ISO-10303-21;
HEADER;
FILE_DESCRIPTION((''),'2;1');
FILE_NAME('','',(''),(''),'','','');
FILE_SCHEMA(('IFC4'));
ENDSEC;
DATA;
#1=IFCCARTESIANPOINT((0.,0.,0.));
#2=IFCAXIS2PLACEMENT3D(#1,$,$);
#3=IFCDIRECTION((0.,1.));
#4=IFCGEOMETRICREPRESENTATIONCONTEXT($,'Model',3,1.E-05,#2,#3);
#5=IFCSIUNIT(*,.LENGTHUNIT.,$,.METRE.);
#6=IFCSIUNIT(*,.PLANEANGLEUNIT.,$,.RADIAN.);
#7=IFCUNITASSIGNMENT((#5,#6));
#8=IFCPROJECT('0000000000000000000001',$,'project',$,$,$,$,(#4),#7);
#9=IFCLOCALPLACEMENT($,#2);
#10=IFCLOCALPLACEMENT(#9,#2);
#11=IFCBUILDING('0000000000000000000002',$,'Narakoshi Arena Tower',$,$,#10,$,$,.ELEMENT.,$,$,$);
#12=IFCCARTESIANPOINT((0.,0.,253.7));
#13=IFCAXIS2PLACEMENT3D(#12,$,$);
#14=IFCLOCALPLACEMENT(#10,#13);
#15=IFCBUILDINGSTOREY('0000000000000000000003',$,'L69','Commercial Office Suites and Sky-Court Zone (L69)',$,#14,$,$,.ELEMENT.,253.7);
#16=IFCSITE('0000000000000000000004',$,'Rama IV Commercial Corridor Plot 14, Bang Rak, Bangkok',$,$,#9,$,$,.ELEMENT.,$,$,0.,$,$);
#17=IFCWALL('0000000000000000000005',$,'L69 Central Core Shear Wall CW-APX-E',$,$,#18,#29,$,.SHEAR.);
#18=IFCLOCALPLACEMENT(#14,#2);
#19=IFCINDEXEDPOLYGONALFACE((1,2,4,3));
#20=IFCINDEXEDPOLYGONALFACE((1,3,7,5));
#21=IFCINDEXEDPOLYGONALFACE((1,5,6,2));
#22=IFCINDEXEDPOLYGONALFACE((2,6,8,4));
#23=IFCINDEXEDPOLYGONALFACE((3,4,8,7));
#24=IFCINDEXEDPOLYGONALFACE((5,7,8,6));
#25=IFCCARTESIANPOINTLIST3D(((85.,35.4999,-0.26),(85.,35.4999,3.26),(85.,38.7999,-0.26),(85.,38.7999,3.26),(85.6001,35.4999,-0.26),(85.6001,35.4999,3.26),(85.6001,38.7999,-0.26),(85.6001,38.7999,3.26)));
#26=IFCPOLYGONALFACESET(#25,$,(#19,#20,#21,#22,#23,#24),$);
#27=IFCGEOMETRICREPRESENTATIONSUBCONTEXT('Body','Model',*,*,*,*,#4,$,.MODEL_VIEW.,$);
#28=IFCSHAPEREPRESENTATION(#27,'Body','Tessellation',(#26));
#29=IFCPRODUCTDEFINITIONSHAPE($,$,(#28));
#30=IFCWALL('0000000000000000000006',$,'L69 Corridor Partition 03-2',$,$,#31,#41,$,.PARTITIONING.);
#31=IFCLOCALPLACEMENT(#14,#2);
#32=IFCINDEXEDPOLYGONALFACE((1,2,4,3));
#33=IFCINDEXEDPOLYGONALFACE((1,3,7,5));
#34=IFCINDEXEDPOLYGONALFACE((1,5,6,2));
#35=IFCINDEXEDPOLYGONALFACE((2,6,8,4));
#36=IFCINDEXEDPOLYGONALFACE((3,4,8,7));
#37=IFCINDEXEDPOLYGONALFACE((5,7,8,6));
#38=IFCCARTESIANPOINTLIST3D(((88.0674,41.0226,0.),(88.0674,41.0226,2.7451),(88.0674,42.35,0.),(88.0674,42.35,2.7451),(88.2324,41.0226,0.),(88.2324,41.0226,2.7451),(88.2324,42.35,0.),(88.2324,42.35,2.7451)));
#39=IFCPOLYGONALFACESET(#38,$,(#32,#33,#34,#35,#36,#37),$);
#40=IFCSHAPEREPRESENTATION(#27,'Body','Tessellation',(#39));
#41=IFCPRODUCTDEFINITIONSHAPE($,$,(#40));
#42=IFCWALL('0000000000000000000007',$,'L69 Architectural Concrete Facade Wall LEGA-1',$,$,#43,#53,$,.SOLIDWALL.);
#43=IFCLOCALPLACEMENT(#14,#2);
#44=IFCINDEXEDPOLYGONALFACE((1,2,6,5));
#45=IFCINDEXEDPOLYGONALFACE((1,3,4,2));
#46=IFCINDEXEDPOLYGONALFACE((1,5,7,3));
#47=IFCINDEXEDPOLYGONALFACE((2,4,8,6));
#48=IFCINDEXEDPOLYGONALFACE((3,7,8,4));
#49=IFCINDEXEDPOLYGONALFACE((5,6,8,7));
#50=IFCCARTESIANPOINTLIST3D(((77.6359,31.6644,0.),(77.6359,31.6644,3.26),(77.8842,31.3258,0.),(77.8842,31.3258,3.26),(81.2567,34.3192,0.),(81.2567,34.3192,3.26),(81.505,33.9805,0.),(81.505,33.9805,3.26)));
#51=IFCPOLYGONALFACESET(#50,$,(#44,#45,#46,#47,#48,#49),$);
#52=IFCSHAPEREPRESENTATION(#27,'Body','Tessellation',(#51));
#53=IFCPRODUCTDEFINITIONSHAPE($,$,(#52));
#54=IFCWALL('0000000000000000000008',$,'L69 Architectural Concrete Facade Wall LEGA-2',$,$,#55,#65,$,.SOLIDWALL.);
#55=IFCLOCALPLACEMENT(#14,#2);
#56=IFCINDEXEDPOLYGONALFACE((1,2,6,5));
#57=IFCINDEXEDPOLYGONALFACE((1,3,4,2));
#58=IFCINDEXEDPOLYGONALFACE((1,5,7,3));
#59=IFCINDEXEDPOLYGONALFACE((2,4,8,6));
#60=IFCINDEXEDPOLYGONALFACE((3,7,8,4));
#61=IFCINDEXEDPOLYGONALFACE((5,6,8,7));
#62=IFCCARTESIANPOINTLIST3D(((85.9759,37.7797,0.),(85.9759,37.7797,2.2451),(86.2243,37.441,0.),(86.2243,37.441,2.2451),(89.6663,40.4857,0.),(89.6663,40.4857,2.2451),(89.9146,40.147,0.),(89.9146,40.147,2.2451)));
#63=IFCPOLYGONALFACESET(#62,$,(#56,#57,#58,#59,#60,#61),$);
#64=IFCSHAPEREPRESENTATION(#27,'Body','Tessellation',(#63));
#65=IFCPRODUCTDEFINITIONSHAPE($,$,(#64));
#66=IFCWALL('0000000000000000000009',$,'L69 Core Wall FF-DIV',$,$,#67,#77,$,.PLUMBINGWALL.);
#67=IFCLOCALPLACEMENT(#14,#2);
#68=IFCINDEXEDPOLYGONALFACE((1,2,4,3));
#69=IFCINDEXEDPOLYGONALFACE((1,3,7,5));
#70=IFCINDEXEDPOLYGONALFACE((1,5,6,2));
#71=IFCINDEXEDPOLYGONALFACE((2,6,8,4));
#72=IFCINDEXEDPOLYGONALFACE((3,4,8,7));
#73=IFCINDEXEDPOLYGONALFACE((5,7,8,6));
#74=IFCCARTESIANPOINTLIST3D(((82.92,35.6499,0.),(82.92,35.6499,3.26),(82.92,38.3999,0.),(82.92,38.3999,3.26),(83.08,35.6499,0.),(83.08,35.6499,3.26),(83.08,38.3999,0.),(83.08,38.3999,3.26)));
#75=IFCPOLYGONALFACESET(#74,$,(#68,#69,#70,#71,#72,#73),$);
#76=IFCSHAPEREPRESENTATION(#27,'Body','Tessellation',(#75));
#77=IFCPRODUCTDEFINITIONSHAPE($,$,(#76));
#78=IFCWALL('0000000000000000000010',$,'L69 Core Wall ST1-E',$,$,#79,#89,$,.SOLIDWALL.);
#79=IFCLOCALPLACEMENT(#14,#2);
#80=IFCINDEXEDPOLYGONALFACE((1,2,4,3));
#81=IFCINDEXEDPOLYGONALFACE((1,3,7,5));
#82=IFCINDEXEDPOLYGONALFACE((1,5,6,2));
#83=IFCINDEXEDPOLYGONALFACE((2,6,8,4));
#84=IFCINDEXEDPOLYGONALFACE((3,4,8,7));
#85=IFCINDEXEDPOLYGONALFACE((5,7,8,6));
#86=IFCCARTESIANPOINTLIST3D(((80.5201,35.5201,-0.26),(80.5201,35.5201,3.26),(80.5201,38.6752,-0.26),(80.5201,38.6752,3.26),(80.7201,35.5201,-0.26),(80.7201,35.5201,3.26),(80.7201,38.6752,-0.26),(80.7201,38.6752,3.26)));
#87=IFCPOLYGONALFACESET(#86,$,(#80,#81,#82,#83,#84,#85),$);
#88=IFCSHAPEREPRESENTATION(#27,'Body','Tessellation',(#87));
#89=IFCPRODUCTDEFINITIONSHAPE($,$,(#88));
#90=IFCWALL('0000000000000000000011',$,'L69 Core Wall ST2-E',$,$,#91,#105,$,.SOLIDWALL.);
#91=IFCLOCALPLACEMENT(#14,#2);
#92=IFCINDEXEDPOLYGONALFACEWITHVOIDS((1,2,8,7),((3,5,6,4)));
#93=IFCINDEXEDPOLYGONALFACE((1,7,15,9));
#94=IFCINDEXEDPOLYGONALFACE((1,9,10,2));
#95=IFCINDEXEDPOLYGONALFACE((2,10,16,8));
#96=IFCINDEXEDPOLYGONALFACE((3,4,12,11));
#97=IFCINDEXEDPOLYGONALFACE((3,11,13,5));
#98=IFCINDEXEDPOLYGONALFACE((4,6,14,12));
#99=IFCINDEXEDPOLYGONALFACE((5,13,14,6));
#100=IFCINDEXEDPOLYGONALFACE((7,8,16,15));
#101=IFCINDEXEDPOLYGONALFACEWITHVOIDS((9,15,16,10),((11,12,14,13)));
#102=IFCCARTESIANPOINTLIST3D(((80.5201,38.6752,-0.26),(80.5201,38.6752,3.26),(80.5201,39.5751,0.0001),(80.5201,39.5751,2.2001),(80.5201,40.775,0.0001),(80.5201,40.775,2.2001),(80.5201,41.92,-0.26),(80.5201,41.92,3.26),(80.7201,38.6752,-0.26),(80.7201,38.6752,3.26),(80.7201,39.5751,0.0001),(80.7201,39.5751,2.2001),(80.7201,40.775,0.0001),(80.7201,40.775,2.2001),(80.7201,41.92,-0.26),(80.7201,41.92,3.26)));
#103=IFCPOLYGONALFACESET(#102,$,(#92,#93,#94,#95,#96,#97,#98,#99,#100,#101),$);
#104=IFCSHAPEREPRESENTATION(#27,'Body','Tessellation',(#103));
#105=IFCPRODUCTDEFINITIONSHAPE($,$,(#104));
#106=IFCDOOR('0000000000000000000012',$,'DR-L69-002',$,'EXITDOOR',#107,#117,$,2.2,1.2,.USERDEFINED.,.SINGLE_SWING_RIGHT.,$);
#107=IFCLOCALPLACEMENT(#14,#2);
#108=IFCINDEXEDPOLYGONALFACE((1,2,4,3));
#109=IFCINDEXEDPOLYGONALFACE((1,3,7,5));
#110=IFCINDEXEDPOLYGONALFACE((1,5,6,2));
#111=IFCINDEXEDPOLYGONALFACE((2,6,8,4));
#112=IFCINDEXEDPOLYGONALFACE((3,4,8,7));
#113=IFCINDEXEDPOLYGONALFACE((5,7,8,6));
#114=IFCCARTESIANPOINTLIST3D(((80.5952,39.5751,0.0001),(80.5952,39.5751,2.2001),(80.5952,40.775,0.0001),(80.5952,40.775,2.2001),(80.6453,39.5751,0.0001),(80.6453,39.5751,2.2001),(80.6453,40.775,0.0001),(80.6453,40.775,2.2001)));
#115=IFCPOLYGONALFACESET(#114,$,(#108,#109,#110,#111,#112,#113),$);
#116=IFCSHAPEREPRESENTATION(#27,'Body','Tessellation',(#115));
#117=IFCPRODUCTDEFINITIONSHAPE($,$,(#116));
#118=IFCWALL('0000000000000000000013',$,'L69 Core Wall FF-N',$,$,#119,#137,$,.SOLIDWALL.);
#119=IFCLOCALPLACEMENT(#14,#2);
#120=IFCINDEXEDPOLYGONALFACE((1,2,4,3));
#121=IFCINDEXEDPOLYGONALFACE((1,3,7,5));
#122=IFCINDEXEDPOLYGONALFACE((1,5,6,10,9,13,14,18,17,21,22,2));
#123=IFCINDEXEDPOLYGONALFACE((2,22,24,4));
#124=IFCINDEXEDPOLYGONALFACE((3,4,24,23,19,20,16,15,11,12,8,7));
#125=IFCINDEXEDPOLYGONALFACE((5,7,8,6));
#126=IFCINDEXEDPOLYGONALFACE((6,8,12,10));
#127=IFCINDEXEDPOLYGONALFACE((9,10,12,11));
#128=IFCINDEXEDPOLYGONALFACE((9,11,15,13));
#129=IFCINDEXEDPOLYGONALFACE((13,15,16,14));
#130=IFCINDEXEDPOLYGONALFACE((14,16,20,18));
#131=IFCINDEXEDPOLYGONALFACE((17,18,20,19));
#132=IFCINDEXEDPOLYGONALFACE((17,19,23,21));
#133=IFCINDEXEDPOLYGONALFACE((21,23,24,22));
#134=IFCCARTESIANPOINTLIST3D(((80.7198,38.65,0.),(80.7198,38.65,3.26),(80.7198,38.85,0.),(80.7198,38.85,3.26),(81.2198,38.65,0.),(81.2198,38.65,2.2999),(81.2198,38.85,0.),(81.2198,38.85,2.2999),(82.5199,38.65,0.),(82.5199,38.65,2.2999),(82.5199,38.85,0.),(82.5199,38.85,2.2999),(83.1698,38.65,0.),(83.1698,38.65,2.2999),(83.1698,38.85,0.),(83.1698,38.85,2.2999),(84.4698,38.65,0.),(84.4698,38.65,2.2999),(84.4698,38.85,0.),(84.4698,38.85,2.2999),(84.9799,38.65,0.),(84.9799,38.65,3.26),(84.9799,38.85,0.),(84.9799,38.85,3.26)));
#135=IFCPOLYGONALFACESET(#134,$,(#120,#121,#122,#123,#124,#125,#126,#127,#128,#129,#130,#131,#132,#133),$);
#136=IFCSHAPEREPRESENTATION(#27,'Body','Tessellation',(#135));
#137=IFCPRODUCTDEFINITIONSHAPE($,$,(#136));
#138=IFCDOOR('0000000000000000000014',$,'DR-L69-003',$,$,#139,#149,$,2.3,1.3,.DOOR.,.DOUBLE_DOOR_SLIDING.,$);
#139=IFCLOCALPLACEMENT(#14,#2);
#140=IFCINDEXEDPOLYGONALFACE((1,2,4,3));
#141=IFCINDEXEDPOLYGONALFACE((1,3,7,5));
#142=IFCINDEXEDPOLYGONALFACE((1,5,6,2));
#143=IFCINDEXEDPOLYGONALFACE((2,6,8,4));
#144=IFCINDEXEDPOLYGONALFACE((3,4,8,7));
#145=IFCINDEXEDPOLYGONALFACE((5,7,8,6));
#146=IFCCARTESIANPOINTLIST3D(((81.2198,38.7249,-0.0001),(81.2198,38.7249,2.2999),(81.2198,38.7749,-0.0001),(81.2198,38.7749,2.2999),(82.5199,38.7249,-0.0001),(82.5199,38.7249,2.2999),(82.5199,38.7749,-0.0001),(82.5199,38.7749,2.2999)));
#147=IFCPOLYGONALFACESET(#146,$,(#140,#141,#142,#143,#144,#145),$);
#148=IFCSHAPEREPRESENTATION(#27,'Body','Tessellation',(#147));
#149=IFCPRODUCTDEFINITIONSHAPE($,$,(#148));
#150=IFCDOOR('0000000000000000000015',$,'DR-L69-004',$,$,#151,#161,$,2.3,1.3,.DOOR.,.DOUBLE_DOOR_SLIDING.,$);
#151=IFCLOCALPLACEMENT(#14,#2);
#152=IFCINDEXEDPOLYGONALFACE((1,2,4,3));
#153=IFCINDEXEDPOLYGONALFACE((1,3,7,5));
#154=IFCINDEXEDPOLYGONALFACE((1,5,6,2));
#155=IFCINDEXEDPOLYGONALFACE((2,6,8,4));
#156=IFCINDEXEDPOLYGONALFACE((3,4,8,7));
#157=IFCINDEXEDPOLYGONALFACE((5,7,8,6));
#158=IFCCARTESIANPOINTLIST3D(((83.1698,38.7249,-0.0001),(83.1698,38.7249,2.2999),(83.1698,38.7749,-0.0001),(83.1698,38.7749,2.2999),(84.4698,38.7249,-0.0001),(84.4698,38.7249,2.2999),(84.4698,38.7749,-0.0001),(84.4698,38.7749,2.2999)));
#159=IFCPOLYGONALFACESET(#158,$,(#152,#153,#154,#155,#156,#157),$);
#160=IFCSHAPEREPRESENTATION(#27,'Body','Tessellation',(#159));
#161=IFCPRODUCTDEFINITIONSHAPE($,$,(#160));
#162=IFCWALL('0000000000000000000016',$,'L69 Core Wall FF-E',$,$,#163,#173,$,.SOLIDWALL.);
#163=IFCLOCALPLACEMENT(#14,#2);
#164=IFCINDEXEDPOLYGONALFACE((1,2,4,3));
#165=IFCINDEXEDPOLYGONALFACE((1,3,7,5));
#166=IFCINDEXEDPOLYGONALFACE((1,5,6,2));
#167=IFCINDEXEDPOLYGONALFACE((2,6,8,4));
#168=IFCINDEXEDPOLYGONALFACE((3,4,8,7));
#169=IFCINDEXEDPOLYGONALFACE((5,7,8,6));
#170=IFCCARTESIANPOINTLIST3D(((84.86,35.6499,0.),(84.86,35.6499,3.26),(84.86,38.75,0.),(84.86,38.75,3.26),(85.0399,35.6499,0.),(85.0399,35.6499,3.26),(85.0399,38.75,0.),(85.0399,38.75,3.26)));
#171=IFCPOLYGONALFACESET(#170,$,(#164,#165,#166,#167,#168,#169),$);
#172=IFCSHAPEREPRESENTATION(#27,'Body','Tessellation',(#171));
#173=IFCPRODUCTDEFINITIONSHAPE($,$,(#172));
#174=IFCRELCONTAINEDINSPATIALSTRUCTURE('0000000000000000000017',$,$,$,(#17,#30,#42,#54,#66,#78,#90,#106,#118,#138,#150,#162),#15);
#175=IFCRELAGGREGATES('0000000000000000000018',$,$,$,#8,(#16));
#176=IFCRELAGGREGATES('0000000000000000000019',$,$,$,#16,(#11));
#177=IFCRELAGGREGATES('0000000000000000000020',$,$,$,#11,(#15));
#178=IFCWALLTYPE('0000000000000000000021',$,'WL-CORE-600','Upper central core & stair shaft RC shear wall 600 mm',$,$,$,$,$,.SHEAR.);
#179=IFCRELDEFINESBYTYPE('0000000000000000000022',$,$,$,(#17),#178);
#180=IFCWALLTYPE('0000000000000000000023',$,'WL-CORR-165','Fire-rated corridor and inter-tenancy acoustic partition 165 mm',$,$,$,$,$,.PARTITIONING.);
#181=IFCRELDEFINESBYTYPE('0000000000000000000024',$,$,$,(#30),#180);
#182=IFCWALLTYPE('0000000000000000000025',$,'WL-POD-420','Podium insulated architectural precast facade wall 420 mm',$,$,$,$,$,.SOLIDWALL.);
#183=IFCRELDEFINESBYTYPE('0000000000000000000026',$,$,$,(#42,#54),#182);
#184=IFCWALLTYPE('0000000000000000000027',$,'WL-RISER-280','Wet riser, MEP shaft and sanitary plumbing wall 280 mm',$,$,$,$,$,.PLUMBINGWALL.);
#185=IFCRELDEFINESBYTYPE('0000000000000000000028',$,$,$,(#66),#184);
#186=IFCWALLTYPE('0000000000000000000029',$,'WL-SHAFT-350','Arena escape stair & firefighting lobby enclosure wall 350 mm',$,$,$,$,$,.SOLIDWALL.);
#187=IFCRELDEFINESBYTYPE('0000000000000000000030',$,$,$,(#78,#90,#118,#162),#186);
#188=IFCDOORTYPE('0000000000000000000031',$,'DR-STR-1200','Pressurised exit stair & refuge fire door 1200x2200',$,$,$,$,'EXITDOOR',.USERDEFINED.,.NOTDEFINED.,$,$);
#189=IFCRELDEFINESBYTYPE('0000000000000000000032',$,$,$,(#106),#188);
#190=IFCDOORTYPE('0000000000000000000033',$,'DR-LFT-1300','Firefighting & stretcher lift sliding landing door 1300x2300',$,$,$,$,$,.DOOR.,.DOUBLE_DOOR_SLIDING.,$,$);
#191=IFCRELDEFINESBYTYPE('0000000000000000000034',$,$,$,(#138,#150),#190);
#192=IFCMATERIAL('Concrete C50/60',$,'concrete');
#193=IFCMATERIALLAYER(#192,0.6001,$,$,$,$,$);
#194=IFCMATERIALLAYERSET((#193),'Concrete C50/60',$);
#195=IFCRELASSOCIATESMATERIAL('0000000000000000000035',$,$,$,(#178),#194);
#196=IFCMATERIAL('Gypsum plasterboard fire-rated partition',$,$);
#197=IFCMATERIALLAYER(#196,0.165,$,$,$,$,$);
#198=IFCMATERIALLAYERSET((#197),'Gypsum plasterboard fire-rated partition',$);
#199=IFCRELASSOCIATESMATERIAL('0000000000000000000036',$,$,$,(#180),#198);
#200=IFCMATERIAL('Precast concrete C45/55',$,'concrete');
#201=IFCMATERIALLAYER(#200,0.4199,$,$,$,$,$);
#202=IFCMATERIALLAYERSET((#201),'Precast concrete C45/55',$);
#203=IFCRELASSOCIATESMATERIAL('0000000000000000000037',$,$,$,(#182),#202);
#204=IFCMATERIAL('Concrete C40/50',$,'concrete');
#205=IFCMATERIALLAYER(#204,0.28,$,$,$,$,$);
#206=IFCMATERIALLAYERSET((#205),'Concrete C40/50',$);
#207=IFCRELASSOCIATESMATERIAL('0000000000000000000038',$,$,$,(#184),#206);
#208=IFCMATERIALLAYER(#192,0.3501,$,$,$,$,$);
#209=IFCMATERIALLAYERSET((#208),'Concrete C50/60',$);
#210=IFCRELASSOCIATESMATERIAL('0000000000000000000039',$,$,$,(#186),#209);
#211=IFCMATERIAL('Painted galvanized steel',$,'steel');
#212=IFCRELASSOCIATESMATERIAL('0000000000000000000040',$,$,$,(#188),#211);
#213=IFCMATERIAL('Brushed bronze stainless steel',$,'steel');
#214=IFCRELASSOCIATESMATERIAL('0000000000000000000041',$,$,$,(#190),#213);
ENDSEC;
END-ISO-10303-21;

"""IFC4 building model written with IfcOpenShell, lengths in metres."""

from ifc_helpers import new_model, si_unit, direction, frame, frame_2d, origin, place, context, subcontext, project, spatial, rectangle, extrude, material, layer, layer_set, type_object, element, fill, save


model = new_model("IFC4")

# Units and contexts
model_context = context("Model", 3, precision=1e-05, world=origin(), true_north=direction((0.0, 1.0)))
body_context = subcontext(model_context, "Body", "Model", "MODEL_VIEW")
ifc_project = project(units=[si_unit("LENGTHUNIT", "METRE"), si_unit("PLANEANGLEUNIT", "RADIAN")], contexts=[model_context])

# Site, building, storey
site_placement = place(None, origin())
site = spatial("IfcSite", under=ifc_project, at=site_placement, Name="Rama IV Commercial Corridor Plot 14, Bang Rak, Bangkok", CompositionType="ELEMENT", RefElevation=0.0)
building_placement = place(site_placement, origin())
building = spatial("IfcBuilding", under=site, at=building_placement, Name="Narakoshi Arena Tower", CompositionType="ELEMENT")
storey_placement = place(building_placement, frame((0.0, 0.0, 253.7)))
storey = spatial("IfcBuildingStorey", under=building, at=storey_placement, Name="L69", Description="Commercial Office Suites and Sky-Court Zone (L69)", CompositionType="ELEMENT", Elevation=253.7)

# Walls
ifc_material_1 = material(Name="Concrete C50/60", Category="concrete")
ifc_layer_1 = layer(ifc_material_1, 0.6001)
ifc_layer_set_1 = layer_set([ifc_layer_1], Name="Concrete C50/60")
wall_type_1 = type_object("IfcWallType", Name="WL-CORE-600", Description="Upper central core & stair shaft RC shear wall 600 mm", PredefinedType="SHEAR", material=ifc_layer_set_1)
wall_1_placement = place(storey_placement, frame((85.3, 35.5, -0.26), z_axis=(0.0, 0.0, 1.0), x_axis=(0.0, 1.0, 0.0)))
element("IfcWall", 1, at=wall_1_placement, inside=storey, type_object=wall_type_1, Name="L69 Central Core Shear Wall CW-APX-E", PredefinedType="SHEAR", context=body_context, shape_type="SweptSolid", body=[
    extrude(rectangle(XDim=3.3, YDim=0.6001, at=frame_2d((1.6499, 0.0))), origin(), (0.0, 0.0, 1.0), 3.52),
])
ifc_material_2 = material(Name="Gypsum plasterboard fire-rated partition")
ifc_layer_2 = layer(ifc_material_2, 0.165)
ifc_layer_set_2 = layer_set([ifc_layer_2], Name="Gypsum plasterboard fire-rated partition")
wall_type_2 = type_object("IfcWallType", Name="WL-CORR-165", Description="Fire-rated corridor and inter-tenancy acoustic partition 165 mm", PredefinedType="PARTITIONING", material=ifc_layer_set_2)
wall_2_placement = place(storey_placement, frame((88.1499, 41.0227, 0.0), z_axis=(0.0, 0.0, 1.0), x_axis=(0.0, 1.0, 0.0)))
element("IfcWall", 2, at=wall_2_placement, inside=storey, type_object=wall_type_2, Name="L69 Corridor Partition 03-2", PredefinedType="PARTITIONING", context=body_context, shape_type="SweptSolid", body=[
    extrude(rectangle(XDim=1.3274, YDim=0.165, at=frame_2d((0.6636, 0.0))), origin(), (0.0, 0.0, 1.0), 2.7451),
])
ifc_material_3 = material(Name="Precast concrete C45/55", Category="concrete")
ifc_layer_3 = layer(ifc_material_3, 0.4199)
ifc_layer_set_3 = layer_set([ifc_layer_3], Name="Precast concrete C45/55")
wall_type_3 = type_object("IfcWallType", Name="WL-POD-420", Description="Podium insulated architectural precast facade wall 420 mm", PredefinedType="SOLIDWALL", material=ifc_layer_set_3)
wall_3_placement = place(storey_placement, frame((77.76, 31.4951, 0.0), z_axis=(0.0, 0.0, 1.0), x_axis=(0.806459, 0.591291, 0.0)))
element("IfcWall", 3, at=wall_3_placement, inside=storey, type_object=wall_type_3, Name="L69 Architectural Concrete Facade Wall LEGA-1", PredefinedType="SOLIDWALL", context=body_context, shape_type="SweptSolid", body=[
    extrude(rectangle(XDim=4.4897, YDim=0.4199, at=frame_2d((2.2449, 0.0))), origin(), (0.0, 0.0, 1.0), 3.26),
])
wall_4_placement = place(storey_placement, frame((86.1001, 37.6104, 0.0), z_axis=(0.0, 0.0, 1.0), x_axis=(0.806432, 0.591327, 0.0)))
element("IfcWall", 4, at=wall_4_placement, inside=storey, type_object=wall_type_3, Name="L69 Architectural Concrete Facade Wall LEGA-2", PredefinedType="SOLIDWALL", context=body_context, shape_type="SweptSolid", body=[
    extrude(rectangle(XDim=4.5762, YDim=0.4199, at=frame_2d((2.2881, 0.0))), origin(), (0.0, 0.0, 1.0), 2.2451),
])
ifc_material_4 = material(Name="Concrete C40/50", Category="concrete")
ifc_layer_4 = layer(ifc_material_4, 0.28)
ifc_layer_set_4 = layer_set([ifc_layer_4], Name="Concrete C40/50")
wall_type_4 = type_object("IfcWallType", Name="WL-RISER-280", Description="Wet riser, MEP shaft and sanitary plumbing wall 280 mm", PredefinedType="PLUMBINGWALL", material=ifc_layer_set_4)
wall_5_placement = place(storey_placement, frame((83.0, 35.6499, 0.0), z_axis=(0.0, 0.0, 1.0), x_axis=(0.0, 1.0, 0.0)))
element("IfcWall", 5, at=wall_5_placement, inside=storey, type_object=wall_type_4, Name="L69 Core Wall FF-DIV", PredefinedType="PLUMBINGWALL", context=body_context, shape_type="SweptSolid", body=[
    extrude(rectangle(XDim=2.75, YDim=0.1599, at=frame_2d((1.375, 0.0))), origin(), (0.0, 0.0, 1.0), 3.26),
])
ifc_layer_5 = layer(ifc_material_1, 0.3501)
ifc_layer_set_5 = layer_set([ifc_layer_5], Name="Concrete C50/60")
wall_type_5 = type_object("IfcWallType", Name="WL-SHAFT-350", Description="Arena escape stair & firefighting lobby enclosure wall 350 mm", PredefinedType="SOLIDWALL", material=ifc_layer_set_5)
wall_6_placement = place(storey_placement, frame((80.6201, 35.52, -0.26), z_axis=(0.0, 0.0, 1.0), x_axis=(0.0, 1.0, 0.0)))
element("IfcWall", 6, at=wall_6_placement, inside=storey, type_object=wall_type_5, Name="L69 Core Wall ST1-E", PredefinedType="SOLIDWALL", context=body_context, shape_type="SweptSolid", body=[
    extrude(rectangle(XDim=3.155, YDim=0.2, at=frame_2d((1.5776, 0.0))), origin(), (0.0, 0.0, 1.0), 3.52),
])

# Wall, opening, door
wall_7_placement = place(storey_placement, frame((80.6201, 38.675, -0.26), z_axis=(0.0, 0.0, 1.0), x_axis=(0.0, 1.0, 0.0)))
wall_7 = element("IfcWall", 7, at=wall_7_placement, inside=storey, type_object=wall_type_5, Name="L69 Core Wall ST2-E", PredefinedType="SOLIDWALL", context=body_context, shape_type="SweptSolid", body=[
    extrude(rectangle(XDim=3.2449, YDim=0.2, at=frame_2d((1.6226, 0.0))), origin(), (0.0, 0.0, 1.0), 3.52),
])
opening_1_placement = place(wall_7_placement, frame((0.8999, 0.0, 0.26)))
opening_1 = element("IfcOpeningElement", 8, at=opening_1_placement, cuts=wall_7, PredefinedType="OPENING", context=body_context, shape_type="SweptSolid", body=[
    extrude(rectangle(XDim=1.2, YDim=2.2, at=frame_2d((0.6001, 1.1001))), frame((0.0, 0.1099, 0.0), z_axis=(0.0, -1.0, 0.0), x_axis=(1.0, 0.0, 0.0)), (0.0, 0.0, 1.0), 0.22),
])
ifc_material_5 = material(Name="Painted galvanized steel", Category="steel")
door_type_1 = type_object("IfcDoorType", Name="DR-STR-1200", Description="Pressurised exit stair & refuge fire door 1200x2200", ElementType="EXITDOOR", OperationType="NOTDEFINED", PredefinedType="USERDEFINED", material=ifc_material_5)
door_1_placement = place(opening_1_placement, origin())
door_1 = element("IfcDoor", 9, at=door_1_placement, inside=storey, type_object=door_type_1, Name="DR-L69-002", ObjectType="EXITDOOR", OperationType="SINGLE_SWING_RIGHT", OverallHeight=2.2, OverallWidth=1.2, PredefinedType="USERDEFINED", context=body_context, shape_type="SweptSolid", body=[
    extrude(rectangle(XDim=1.2, YDim=2.2, at=frame_2d((0.6001, 1.1001))), frame((0.0, 0.0249, 0.0), z_axis=(0.0, -1.0, 0.0), x_axis=(1.0, 0.0, 0.0)), (0.0, 0.0, 1.0), 0.05),
])
fill(opening_1, door_1)

# Wall, openings, doors
wall_8_placement = place(storey_placement, frame((80.72, 38.75, 0.0), z_axis=(0.0, 0.0, 1.0), x_axis=(1.0, 0.0, 0.0)))
wall_8 = element("IfcWall", 10, at=wall_8_placement, inside=storey, type_object=wall_type_5, Name="L69 Core Wall FF-N", PredefinedType="SOLIDWALL", context=body_context, shape_type="SweptSolid", body=[
    extrude(rectangle(XDim=4.26, YDim=0.2, at=frame_2d((2.1299, 0.0))), origin(), (0.0, 0.0, 1.0), 3.26),
])
opening_2_placement = place(wall_8_placement, frame((0.5, 0.0, 0.0)))
opening_2 = element("IfcOpeningElement", 11, at=opening_2_placement, cuts=wall_8, PredefinedType="OPENING", context=body_context, shape_type="SweptSolid", body=[
    extrude(rectangle(XDim=1.3, YDim=2.3, at=frame_2d((0.6499, 1.1499))), frame((0.0, 0.1099, 0.0), z_axis=(0.0, -1.0, 0.0), x_axis=(1.0, 0.0, 0.0)), (0.0, 0.0, 1.0), 0.22),
])
opening_3_placement = place(wall_8_placement, frame((2.45, 0.0, 0.0)))
opening_3 = element("IfcOpeningElement", 12, at=opening_3_placement, cuts=wall_8, PredefinedType="OPENING", context=body_context, shape_type="SweptSolid", body=[
    extrude(rectangle(XDim=1.3, YDim=2.3, at=frame_2d((0.6499, 1.1499))), frame((0.0, 0.1099, 0.0), z_axis=(0.0, -1.0, 0.0), x_axis=(1.0, 0.0, 0.0)), (0.0, 0.0, 1.0), 0.22),
])
ifc_material_6 = material(Name="Brushed bronze stainless steel", Category="steel")
door_type_2 = type_object("IfcDoorType", Name="DR-LFT-1300", Description="Firefighting & stretcher lift sliding landing door 1300x2300", OperationType="DOUBLE_DOOR_SLIDING", PredefinedType="DOOR", material=ifc_material_6)
door_2_placement = place(opening_2_placement, origin())
door_2 = element("IfcDoor", 13, at=door_2_placement, inside=storey, type_object=door_type_2, Name="DR-L69-003", OperationType="DOUBLE_DOOR_SLIDING", OverallHeight=2.3, OverallWidth=1.3, PredefinedType="DOOR", context=body_context, shape_type="SweptSolid", body=[
    extrude(rectangle(XDim=1.3, YDim=2.3, at=frame_2d((0.6499, 1.1499))), frame((0.0, 0.0249, 0.0), z_axis=(0.0, -1.0, 0.0), x_axis=(1.0, 0.0, 0.0)), (0.0, 0.0, 1.0), 0.05),
])
fill(opening_2, door_2)
door_3_placement = place(opening_3_placement, origin())
door_3 = element("IfcDoor", 14, at=door_3_placement, inside=storey, type_object=door_type_2, Name="DR-L69-004", OperationType="DOUBLE_DOOR_SLIDING", OverallHeight=2.3, OverallWidth=1.3, PredefinedType="DOOR", context=body_context, shape_type="SweptSolid", body=[
    extrude(rectangle(XDim=1.3, YDim=2.3, at=frame_2d((0.6499, 1.1499))), frame((0.0, 0.0249, 0.0), z_axis=(0.0, -1.0, 0.0), x_axis=(1.0, 0.0, 0.0)), (0.0, 0.0, 1.0), 0.05),
])
fill(opening_3, door_3)

# Wall
for number, where, z_axis, x_axis, name in (
    (15, (84.95, 35.6499, 0.0), (0.0, 0.0, 1.0), (0.0, 1.0, 0.0), "L69 Core Wall FF-E"),
):
    element("IfcWall", number, at=place(storey_placement, frame(where, z_axis=z_axis, x_axis=x_axis)), inside=storey, type_object=wall_type_5, Name=name, PredefinedType="SOLIDWALL", context=body_context, shape_type="SweptSolid", body=[
        extrude(rectangle(XDim=3.1001, YDim=0.1799, at=frame_2d((1.55, 0.0))), origin(), (0.0, 0.0, 1.0), 3.26),
    ])

save(model, "model.ifc")
